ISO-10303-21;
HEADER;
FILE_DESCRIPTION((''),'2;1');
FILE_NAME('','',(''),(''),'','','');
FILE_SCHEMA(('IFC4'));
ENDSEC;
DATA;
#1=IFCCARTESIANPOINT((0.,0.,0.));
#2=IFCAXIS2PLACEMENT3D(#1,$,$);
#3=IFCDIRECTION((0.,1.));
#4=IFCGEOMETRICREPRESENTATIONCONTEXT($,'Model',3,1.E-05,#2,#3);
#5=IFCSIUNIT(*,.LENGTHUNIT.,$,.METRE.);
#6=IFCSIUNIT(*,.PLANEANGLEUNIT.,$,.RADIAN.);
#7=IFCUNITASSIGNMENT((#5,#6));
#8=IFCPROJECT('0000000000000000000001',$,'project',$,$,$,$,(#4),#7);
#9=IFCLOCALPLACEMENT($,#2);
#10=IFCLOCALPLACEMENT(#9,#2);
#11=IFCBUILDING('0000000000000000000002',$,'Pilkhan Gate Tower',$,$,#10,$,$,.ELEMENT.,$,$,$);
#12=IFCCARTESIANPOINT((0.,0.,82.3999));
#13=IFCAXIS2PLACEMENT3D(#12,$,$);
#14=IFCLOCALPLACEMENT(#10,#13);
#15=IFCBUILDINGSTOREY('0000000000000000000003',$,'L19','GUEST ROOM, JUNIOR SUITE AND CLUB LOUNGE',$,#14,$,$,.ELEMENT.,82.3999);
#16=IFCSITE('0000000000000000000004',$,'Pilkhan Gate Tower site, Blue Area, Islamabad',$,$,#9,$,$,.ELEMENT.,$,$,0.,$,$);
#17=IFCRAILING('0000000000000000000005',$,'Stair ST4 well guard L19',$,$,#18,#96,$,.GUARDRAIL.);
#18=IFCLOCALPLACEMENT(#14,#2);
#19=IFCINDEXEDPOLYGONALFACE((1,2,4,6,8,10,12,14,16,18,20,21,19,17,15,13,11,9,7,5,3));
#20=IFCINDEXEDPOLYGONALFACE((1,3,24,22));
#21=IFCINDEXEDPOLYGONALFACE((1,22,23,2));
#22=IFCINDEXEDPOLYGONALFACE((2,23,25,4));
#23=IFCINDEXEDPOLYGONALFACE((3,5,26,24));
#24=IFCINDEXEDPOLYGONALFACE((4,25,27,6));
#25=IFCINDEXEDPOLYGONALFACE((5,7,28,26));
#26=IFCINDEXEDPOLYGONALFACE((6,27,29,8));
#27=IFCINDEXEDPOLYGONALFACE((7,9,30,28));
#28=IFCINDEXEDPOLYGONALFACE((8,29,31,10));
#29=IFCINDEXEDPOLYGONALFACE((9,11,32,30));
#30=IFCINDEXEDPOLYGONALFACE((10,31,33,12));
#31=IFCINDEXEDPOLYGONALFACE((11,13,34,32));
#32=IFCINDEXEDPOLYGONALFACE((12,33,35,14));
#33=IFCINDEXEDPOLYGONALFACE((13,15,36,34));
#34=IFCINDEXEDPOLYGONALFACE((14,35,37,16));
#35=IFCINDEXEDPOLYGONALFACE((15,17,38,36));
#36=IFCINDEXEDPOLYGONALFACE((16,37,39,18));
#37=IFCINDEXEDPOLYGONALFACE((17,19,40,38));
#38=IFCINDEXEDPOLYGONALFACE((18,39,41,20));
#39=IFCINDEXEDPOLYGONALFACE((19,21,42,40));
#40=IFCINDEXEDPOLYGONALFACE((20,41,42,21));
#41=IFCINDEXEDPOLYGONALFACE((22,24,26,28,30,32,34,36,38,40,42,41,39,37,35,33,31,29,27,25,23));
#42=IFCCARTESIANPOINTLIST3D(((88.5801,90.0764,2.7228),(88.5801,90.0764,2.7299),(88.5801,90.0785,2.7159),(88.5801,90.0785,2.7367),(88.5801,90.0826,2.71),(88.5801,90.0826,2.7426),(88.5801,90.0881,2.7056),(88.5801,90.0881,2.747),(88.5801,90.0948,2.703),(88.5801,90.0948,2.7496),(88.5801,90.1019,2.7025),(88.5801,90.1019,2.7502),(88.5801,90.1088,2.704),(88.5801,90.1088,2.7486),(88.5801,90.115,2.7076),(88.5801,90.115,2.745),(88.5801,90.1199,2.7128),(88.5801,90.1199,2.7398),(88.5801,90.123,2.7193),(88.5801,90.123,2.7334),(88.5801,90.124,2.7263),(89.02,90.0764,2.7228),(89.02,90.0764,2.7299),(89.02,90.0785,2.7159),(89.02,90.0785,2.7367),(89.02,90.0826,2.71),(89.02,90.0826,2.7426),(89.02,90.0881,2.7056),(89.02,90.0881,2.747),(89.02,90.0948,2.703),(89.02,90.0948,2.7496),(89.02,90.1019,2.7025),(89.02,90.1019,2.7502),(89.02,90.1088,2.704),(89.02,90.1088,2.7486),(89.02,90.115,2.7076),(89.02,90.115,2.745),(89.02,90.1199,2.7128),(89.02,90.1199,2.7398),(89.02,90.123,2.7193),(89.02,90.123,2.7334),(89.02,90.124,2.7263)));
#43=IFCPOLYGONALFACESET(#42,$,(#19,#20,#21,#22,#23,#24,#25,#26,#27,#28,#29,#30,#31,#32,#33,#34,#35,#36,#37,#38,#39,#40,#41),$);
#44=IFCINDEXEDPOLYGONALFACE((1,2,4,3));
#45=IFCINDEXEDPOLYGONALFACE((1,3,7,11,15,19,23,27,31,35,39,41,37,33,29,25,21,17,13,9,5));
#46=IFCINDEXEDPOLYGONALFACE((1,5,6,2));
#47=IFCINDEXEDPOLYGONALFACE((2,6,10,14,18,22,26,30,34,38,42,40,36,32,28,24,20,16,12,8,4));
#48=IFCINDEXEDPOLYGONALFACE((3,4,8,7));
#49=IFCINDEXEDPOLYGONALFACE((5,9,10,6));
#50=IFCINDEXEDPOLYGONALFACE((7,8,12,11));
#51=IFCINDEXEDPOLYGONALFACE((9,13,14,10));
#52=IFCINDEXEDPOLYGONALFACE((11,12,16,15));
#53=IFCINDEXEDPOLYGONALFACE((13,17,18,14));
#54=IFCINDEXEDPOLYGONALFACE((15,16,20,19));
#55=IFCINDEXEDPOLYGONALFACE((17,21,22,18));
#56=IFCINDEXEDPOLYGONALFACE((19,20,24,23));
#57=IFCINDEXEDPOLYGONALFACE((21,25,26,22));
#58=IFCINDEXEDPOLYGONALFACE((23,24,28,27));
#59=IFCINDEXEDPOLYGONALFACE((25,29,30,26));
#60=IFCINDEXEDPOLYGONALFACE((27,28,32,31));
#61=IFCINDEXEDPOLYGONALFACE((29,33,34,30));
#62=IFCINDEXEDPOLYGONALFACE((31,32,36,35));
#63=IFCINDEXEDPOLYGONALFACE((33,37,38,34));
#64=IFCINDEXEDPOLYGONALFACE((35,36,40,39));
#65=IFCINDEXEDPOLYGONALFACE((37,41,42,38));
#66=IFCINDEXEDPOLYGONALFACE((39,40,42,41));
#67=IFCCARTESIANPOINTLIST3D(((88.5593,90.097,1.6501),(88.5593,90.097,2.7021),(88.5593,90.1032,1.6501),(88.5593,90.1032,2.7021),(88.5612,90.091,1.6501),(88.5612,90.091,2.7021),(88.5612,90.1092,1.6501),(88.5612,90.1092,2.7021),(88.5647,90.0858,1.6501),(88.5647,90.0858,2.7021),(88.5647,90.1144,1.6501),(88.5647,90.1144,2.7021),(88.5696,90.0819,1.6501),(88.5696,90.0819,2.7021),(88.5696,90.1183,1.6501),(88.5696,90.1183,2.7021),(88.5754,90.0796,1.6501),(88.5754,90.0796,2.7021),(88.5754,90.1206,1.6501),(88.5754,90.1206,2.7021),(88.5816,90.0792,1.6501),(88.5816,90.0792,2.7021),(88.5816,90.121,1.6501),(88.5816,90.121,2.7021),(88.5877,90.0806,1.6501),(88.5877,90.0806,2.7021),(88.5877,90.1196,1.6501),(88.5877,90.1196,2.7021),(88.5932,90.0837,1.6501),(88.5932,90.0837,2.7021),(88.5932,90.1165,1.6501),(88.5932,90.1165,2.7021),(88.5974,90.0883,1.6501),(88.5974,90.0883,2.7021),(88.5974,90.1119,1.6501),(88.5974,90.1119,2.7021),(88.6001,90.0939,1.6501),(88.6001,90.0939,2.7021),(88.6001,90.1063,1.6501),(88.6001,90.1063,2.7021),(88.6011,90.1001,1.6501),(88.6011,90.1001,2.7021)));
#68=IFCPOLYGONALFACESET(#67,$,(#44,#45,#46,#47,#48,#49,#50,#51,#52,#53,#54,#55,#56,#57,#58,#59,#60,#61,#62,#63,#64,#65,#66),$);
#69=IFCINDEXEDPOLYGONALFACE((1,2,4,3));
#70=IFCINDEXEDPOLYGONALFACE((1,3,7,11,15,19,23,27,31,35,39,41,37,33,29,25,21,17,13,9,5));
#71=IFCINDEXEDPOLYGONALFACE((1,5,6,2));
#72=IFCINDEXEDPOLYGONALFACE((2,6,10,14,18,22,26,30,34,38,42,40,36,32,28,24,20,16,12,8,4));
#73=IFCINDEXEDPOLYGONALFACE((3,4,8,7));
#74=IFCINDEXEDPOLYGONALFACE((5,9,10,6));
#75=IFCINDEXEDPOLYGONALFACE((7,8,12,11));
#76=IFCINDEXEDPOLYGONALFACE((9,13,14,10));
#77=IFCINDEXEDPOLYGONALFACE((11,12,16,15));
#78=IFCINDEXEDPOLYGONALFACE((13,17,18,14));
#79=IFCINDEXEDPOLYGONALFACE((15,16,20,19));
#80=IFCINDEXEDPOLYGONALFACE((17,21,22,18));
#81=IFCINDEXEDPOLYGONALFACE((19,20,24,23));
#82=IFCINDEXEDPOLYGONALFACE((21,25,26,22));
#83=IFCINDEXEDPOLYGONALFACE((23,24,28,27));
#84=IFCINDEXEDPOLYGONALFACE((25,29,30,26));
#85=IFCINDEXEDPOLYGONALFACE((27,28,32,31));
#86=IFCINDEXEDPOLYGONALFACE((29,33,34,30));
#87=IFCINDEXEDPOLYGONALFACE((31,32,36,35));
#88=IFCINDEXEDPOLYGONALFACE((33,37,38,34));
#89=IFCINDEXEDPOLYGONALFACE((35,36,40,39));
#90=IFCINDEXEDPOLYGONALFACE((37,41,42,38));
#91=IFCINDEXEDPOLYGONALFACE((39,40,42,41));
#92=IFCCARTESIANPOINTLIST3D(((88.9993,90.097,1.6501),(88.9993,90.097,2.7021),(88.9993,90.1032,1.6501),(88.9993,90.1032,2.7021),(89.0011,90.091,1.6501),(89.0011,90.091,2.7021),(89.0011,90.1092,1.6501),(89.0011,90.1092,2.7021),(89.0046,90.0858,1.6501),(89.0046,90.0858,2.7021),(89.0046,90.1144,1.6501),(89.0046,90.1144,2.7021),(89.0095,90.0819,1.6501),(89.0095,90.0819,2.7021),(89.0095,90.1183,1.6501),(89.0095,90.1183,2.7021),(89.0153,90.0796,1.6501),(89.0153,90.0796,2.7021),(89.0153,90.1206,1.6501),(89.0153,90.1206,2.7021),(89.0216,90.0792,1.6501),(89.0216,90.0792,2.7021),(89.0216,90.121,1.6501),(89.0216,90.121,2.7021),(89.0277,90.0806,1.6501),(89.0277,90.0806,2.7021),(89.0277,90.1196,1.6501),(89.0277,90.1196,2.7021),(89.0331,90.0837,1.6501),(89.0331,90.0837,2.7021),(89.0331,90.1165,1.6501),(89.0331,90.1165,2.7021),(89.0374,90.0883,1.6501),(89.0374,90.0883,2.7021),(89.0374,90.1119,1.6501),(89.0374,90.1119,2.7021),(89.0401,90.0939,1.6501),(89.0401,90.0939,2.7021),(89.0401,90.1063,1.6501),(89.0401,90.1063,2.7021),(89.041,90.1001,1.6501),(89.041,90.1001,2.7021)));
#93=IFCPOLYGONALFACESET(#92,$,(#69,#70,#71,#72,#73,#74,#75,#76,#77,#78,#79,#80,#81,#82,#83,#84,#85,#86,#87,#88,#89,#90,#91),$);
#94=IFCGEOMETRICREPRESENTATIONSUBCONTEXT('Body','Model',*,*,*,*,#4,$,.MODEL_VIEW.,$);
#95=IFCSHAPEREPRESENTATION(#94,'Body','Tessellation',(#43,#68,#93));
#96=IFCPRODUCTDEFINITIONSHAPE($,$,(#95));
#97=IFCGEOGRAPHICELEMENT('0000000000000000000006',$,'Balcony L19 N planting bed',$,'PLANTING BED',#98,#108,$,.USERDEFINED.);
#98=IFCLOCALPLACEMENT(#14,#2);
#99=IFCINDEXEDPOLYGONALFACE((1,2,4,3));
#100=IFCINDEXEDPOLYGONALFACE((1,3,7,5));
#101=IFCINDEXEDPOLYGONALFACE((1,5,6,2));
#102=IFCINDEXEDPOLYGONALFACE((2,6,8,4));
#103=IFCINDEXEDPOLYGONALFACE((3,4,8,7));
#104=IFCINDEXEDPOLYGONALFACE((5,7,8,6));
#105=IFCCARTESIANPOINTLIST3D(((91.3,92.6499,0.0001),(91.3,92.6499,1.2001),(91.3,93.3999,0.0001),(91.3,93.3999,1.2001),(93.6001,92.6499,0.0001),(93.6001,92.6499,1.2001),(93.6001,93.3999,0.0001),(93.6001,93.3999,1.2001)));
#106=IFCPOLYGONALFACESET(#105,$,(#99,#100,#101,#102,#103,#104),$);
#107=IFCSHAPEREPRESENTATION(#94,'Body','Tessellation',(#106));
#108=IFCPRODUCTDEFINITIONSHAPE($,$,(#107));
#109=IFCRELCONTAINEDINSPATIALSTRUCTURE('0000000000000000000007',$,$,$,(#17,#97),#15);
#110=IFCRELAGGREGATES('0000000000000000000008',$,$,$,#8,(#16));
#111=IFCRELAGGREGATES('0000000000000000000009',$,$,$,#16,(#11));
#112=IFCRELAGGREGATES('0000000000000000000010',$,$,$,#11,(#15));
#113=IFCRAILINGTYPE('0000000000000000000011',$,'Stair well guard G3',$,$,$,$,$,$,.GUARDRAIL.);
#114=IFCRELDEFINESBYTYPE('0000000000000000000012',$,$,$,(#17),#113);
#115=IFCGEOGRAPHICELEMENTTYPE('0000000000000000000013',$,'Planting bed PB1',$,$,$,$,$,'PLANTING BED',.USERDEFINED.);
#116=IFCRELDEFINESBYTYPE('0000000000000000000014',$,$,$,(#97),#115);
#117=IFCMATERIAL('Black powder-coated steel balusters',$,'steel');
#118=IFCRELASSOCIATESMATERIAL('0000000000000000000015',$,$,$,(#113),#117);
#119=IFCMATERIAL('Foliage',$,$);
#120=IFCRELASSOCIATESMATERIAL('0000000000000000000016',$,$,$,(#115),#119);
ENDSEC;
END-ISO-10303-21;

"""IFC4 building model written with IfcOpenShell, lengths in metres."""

from ifc_helpers import new_model, si_unit, direction, frame, origin, origin_2d, place, context, subcontext, project, spatial, rectangle, circle, extrude, material, material_profile, profile_set, type_object, element, save


model = new_model("IFC4")

# Units and contexts
model_context = context("Model", 3, precision=1e-05, world=origin(), true_north=direction((0.0, 1.0)))
body_context = subcontext(model_context, "Body", "Model", "MODEL_VIEW")
ifc_project = project(units=[si_unit("LENGTHUNIT", "METRE"), si_unit("PLANEANGLEUNIT", "RADIAN")], contexts=[model_context])

# Site, building, storey
site_placement = place(None, origin())
site = spatial("IfcSite", under=ifc_project, at=site_placement, Name="Pilkhan Gate Tower site, Blue Area, Islamabad", CompositionType="ELEMENT", RefElevation=0.0)
building_placement = place(site_placement, origin())
building = spatial("IfcBuilding", under=site, at=building_placement, Name="Pilkhan Gate Tower", CompositionType="ELEMENT")
storey_placement = place(building_placement, frame((0.0, 0.0, 82.3999)))
storey = spatial("IfcBuildingStorey", under=building, at=storey_placement, Name="L19", Description="GUEST ROOM, JUNIOR SUITE AND CLUB LOUNGE", CompositionType="ELEMENT", Elevation=82.3999)

# Railing
ifc_material_1 = material(Name="Black powder-coated steel balusters", Category="steel")
railing_type_1 = type_object("IfcRailingType", Name="Stair well guard G3", PredefinedType="GUARDRAIL", material=ifc_material_1)
railing_1_placement = place(storey_placement, frame((88.5801, 90.1001, 1.6501)))
element("IfcRailing", 1, at=railing_1_placement, inside=storey, type_object=railing_type_1, Name="Stair ST4 well guard L19", PredefinedType="GUARDRAIL", context=body_context, shape_type="SweptSolid", body=[
    extrude(circle(Radius=0.0239, at=origin_2d()), frame((0.0, 0.0, 1.0762), z_axis=(1.0, 0.0, 0.0), x_axis=(0.0, 1.0, 0.0)), (0.0, 0.0, 1.0), 0.4399),
    extrude(circle(Radius=0.021, at=origin_2d()), origin(), (0.0, 0.0, 1.0), 1.052),
    extrude(circle(Radius=0.021, at=origin_2d()), frame((0.4399, 0.0, 0.0)), (0.0, 0.0, 1.0), 1.052),
])

# Geographic element
ifc_material_2 = material(Name="Foliage")
ifc_material_profile_1 = material_profile(ifc_material_2, rectangle(XDim=0.75, YDim=1.2, at=origin_2d()), Name="Bed 750x1200")
ifc_profile_set_1 = profile_set([ifc_material_profile_1], Name="Foliage")
geographic_element_type = type_object("IfcGeographicElementType", Name="Planting bed PB1", ElementType="PLANTING BED", PredefinedType="USERDEFINED", material=ifc_profile_set_1)
geographic_element_placement = place(storey_placement, frame((91.3, 93.0249, 0.6001), z_axis=(1.0, 0.0, 0.0), x_axis=(0.0, 1.0, 0.0)))
element("IfcGeographicElement", 2, at=geographic_element_placement, inside=storey, type_object=geographic_element_type, Name="Balcony L19 N planting bed", ObjectType="PLANTING BED", PredefinedType="USERDEFINED", context=body_context, shape_type="SweptSolid", body=[
    extrude(rectangle(XDim=0.75, YDim=1.2, at=origin_2d()), origin(), (0.0, 0.0, 1.0), 2.3),
])

save(model, "model.ifc")
